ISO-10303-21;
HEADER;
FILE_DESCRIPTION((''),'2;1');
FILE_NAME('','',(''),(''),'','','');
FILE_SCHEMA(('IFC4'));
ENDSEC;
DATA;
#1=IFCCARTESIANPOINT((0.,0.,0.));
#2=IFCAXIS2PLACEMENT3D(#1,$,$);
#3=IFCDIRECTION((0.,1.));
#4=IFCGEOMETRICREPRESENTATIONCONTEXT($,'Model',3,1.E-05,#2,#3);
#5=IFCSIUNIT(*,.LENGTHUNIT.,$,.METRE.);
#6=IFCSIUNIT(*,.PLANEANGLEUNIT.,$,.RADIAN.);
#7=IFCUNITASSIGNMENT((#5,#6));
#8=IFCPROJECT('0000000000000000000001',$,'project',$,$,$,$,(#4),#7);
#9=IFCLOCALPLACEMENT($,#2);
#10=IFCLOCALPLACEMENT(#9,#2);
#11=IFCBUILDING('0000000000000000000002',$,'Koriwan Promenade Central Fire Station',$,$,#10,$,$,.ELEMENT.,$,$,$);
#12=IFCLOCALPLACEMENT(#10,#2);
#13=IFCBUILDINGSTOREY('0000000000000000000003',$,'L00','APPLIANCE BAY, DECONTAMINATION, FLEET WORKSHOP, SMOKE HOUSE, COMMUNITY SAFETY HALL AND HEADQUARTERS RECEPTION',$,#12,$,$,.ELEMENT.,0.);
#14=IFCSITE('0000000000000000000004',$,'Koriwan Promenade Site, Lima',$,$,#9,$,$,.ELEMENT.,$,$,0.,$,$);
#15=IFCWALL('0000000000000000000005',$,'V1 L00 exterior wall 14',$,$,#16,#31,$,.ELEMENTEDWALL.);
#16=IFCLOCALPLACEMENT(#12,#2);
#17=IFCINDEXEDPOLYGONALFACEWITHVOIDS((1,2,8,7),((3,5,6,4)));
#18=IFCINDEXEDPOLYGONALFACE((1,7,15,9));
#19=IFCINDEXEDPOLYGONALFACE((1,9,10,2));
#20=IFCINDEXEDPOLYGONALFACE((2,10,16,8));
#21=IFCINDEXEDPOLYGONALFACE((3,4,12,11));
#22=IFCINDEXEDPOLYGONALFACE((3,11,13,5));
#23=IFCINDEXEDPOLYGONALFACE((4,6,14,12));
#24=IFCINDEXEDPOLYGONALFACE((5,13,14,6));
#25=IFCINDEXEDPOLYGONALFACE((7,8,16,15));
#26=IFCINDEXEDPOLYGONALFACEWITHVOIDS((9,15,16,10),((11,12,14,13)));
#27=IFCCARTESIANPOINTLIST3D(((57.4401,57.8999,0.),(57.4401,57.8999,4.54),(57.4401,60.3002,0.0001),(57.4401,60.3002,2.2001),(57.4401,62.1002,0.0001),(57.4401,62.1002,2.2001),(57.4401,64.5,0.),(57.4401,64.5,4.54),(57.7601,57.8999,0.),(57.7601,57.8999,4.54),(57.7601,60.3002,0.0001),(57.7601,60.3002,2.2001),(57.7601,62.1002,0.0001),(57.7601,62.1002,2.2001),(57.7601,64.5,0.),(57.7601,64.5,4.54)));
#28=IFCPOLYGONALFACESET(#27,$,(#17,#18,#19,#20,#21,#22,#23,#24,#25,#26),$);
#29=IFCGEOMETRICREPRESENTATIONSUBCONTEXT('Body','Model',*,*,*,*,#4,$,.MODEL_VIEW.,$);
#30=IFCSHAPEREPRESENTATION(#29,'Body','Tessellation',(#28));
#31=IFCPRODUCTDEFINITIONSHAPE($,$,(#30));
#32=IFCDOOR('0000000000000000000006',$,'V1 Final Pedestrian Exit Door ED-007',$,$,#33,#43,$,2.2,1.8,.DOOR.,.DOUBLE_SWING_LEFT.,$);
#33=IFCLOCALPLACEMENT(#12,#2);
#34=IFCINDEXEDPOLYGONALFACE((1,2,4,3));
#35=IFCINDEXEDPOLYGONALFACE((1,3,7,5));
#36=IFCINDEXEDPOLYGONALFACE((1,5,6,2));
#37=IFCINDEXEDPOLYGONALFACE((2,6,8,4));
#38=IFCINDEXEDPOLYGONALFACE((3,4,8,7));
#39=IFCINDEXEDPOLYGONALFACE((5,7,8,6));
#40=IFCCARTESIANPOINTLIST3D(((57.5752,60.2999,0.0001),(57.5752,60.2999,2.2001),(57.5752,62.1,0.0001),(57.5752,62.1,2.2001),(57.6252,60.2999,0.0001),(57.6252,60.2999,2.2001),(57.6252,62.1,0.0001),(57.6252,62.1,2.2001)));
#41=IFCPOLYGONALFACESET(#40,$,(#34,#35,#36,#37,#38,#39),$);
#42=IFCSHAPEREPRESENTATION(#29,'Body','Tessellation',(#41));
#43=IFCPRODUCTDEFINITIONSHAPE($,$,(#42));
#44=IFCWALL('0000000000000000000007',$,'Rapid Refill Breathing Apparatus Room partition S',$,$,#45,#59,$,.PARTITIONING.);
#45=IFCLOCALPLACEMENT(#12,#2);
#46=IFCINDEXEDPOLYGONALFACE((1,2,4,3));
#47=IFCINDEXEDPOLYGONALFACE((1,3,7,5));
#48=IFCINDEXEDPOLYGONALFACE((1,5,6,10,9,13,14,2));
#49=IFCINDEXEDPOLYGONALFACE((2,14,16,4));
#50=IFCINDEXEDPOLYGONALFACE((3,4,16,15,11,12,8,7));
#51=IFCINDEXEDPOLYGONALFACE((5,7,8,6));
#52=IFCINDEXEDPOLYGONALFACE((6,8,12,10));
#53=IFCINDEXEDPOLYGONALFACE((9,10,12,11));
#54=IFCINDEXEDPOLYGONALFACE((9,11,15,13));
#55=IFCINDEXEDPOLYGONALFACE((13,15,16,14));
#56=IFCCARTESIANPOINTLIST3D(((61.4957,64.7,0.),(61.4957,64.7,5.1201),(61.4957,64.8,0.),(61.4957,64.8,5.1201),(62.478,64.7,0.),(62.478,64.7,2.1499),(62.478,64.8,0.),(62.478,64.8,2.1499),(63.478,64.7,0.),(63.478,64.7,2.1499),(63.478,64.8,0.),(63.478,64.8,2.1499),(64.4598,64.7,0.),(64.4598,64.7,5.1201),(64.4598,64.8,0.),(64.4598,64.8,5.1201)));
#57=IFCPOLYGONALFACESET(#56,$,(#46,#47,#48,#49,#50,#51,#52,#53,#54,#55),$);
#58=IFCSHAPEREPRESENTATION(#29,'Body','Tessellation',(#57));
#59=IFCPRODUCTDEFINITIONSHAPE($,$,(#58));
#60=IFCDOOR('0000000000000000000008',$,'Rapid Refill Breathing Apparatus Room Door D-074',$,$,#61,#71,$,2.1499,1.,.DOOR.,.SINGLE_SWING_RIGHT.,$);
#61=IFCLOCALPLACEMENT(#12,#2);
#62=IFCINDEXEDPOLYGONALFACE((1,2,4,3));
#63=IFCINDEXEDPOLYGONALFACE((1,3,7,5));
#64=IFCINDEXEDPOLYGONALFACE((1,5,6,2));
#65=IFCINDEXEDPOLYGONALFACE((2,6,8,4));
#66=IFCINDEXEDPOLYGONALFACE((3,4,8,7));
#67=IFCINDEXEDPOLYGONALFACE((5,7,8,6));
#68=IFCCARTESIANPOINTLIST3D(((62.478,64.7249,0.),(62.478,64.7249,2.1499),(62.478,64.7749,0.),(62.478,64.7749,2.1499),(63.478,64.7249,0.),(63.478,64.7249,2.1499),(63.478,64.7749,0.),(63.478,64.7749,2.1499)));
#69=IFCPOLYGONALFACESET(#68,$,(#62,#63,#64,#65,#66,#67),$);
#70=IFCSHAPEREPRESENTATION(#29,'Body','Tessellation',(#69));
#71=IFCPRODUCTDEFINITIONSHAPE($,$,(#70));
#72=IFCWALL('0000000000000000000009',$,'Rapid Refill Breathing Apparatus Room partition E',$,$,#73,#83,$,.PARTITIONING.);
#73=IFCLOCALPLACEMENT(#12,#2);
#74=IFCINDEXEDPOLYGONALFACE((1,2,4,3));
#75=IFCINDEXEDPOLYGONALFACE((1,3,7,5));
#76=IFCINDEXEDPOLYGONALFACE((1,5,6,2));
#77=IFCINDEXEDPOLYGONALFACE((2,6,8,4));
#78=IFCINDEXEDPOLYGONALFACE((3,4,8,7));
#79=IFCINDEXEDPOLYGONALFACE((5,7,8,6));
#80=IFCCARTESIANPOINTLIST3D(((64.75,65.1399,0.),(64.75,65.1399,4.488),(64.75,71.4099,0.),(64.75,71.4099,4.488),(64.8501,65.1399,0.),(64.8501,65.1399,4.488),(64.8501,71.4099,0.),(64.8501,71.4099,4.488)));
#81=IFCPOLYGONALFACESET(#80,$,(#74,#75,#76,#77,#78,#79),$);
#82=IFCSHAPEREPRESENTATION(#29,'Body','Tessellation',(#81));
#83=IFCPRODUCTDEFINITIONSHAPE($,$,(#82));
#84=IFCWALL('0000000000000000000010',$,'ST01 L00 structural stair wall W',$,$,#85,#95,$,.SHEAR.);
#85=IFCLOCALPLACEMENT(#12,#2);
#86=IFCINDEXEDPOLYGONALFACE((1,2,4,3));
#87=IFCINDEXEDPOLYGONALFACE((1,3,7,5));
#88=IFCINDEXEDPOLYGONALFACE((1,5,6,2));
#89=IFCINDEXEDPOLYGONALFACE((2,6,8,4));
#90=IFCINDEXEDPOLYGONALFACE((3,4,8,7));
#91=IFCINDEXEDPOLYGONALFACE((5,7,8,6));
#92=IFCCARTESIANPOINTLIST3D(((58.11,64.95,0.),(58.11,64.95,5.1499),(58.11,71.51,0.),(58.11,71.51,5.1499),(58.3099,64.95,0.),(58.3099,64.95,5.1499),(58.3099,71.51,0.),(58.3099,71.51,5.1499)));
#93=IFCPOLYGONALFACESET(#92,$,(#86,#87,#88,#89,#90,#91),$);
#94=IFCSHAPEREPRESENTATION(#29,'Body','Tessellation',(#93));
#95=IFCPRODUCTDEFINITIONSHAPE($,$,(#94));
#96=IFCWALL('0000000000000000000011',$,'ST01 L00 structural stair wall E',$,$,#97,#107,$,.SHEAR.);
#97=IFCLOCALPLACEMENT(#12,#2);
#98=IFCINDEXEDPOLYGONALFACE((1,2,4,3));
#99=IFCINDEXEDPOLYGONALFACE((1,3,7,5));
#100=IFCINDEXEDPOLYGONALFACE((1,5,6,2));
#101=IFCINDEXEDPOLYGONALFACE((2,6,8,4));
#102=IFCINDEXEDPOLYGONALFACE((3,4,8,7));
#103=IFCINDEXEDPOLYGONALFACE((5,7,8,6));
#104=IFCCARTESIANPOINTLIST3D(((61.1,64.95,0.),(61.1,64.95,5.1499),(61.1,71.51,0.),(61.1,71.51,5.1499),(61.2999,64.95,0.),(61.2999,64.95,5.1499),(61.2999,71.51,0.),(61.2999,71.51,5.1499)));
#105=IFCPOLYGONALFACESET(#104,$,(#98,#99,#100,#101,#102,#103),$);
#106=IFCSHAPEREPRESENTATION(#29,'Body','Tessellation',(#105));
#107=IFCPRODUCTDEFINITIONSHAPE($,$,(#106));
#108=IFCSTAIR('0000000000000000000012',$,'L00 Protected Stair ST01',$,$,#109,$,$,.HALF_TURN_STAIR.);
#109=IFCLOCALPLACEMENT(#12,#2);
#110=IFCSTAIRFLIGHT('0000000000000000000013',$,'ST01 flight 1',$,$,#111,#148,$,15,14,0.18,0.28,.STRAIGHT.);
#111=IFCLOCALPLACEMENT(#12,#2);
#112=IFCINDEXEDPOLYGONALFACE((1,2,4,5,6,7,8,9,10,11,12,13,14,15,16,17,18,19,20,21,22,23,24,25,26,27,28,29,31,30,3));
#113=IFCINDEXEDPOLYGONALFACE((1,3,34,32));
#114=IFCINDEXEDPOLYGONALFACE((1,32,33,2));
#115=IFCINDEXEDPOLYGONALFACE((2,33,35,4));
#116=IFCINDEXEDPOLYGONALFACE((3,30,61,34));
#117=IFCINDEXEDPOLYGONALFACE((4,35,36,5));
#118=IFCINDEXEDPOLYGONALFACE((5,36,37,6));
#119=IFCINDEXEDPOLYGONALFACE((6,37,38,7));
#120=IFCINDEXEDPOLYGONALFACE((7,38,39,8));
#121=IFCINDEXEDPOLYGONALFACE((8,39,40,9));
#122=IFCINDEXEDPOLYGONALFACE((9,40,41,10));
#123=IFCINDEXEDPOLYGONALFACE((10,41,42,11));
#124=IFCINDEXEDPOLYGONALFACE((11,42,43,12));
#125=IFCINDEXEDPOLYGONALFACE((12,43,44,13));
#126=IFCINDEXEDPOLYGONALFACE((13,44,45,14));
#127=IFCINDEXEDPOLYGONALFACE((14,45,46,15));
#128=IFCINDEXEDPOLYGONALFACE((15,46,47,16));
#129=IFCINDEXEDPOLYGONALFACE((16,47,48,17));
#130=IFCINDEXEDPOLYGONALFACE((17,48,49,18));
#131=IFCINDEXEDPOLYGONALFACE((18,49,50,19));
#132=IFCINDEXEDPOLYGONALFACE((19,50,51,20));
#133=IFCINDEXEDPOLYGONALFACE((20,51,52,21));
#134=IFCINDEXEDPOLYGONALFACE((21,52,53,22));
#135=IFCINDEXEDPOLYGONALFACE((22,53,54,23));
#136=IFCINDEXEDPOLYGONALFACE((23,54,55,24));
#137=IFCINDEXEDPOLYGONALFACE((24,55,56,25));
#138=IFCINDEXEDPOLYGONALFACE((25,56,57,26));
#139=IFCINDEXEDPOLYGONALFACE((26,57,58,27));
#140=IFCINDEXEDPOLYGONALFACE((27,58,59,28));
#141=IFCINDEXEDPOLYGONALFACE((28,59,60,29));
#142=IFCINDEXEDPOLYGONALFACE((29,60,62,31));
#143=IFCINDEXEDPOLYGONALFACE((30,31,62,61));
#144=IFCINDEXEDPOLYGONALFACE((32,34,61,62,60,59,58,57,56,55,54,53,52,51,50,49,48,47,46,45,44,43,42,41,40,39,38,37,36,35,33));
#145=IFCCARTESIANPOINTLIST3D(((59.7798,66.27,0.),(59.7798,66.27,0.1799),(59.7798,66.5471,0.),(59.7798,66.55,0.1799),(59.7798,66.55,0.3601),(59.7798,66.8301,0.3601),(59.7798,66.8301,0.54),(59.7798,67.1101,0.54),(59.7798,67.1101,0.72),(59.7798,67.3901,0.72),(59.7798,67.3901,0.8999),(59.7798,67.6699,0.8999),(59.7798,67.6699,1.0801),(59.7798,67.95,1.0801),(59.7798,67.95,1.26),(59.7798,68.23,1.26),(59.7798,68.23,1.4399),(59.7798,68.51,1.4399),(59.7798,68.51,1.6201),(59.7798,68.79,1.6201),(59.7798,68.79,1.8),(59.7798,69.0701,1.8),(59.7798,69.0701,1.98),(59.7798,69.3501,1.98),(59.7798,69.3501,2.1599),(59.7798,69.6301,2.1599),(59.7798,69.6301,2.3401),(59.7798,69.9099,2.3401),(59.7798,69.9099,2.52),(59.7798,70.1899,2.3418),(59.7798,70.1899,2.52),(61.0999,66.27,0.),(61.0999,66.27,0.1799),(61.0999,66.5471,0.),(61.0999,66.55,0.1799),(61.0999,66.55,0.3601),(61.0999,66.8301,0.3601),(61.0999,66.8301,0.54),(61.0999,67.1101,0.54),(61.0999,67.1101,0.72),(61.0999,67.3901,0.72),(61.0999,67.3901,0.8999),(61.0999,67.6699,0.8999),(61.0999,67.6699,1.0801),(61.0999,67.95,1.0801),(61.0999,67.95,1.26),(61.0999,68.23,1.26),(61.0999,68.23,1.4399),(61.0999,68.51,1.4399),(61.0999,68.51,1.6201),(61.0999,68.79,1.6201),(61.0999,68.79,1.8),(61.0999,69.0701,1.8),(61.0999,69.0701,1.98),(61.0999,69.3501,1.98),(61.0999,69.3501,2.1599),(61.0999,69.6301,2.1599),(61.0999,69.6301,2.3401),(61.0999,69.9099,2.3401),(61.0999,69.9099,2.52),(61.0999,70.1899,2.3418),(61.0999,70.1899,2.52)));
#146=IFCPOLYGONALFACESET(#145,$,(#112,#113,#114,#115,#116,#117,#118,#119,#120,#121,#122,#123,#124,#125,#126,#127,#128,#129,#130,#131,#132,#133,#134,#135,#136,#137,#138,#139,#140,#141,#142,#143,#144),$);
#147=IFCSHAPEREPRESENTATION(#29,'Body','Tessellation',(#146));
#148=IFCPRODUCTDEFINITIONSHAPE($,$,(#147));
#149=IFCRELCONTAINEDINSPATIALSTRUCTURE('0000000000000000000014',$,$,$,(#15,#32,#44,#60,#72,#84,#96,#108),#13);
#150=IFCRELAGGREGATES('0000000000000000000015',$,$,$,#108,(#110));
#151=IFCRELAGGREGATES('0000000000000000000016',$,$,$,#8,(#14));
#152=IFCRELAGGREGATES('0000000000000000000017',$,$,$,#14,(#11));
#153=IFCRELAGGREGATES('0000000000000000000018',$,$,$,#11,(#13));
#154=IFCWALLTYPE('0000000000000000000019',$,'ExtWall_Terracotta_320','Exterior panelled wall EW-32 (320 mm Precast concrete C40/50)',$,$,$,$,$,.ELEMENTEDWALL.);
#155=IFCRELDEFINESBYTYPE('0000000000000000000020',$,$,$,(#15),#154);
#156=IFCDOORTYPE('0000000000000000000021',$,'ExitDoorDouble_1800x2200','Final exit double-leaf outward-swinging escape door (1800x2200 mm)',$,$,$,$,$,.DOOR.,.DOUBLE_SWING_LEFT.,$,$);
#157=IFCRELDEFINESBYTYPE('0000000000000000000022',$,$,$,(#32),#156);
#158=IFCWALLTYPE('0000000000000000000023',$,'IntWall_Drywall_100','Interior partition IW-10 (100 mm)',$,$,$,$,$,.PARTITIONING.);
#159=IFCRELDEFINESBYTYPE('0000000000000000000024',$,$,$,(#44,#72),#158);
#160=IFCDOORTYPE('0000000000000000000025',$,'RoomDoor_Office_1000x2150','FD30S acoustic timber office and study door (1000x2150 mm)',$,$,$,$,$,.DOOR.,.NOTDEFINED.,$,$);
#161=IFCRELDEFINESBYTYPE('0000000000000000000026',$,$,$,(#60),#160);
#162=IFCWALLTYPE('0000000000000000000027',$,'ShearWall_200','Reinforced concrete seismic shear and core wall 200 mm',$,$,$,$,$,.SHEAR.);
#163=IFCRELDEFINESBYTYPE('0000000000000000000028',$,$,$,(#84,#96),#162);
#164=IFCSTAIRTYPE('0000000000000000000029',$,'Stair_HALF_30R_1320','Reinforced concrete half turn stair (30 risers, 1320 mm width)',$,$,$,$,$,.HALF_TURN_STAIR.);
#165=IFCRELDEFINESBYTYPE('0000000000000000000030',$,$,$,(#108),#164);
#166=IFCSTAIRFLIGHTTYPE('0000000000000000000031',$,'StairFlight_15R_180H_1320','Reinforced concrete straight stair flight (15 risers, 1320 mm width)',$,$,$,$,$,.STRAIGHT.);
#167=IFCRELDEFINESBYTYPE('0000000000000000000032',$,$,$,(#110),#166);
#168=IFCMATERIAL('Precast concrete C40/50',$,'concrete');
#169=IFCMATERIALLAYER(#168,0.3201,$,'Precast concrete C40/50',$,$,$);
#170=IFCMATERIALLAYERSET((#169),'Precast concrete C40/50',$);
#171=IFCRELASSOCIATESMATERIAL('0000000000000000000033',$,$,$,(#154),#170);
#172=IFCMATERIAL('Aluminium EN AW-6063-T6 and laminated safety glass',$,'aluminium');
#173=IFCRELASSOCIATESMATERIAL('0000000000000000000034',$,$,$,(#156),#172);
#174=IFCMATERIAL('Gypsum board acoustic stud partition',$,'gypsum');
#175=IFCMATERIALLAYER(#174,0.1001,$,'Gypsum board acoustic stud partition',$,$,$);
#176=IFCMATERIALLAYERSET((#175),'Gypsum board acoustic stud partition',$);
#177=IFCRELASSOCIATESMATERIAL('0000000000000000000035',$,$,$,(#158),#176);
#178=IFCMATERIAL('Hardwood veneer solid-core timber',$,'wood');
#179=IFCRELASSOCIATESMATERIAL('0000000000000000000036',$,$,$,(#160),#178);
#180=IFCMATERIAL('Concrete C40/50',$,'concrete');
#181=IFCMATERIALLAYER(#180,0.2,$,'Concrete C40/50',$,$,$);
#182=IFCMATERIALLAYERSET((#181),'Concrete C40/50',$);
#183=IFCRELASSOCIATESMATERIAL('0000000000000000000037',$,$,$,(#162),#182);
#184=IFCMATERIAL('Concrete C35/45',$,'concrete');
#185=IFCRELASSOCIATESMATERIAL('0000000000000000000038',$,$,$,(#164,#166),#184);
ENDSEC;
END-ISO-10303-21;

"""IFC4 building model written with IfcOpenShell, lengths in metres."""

from ifc_helpers import new_model, si_unit, direction, frame, frame_2d, origin, place, context, subcontext, project, spatial, polyline, rectangle, outline, extrude, material, layer, layer_set, type_object, element, fill, aggregate, save


model = new_model("IFC4")

# Units and contexts
model_context = context("Model", 3, precision=1e-05, world=origin(), true_north=direction((0.0, 1.0)))
body_context = subcontext(model_context, "Body", "Model", "MODEL_VIEW")
ifc_project = project(units=[si_unit("LENGTHUNIT", "METRE"), si_unit("PLANEANGLEUNIT", "RADIAN")], contexts=[model_context])

# Site, building, storey
site_placement = place(None, origin())
site = spatial("IfcSite", under=ifc_project, at=site_placement, Name="Koriwan Promenade Site, Lima", CompositionType="ELEMENT", RefElevation=0.0)
building_placement = place(site_placement, origin())
building = spatial("IfcBuilding", under=site, at=building_placement, Name="Koriwan Promenade Central Fire Station", CompositionType="ELEMENT")
storey_placement = place(building_placement, origin())
storey = spatial("IfcBuildingStorey", under=building, at=storey_placement, Name="L00", Description="APPLIANCE BAY, DECONTAMINATION, FLEET WORKSHOP, SMOKE HOUSE, COMMUNITY SAFETY HALL AND HEADQUARTERS RECEPTION", CompositionType="ELEMENT", Elevation=0.0)

# Shared definitions
ifc_material_1 = material(Name="Concrete C35/45", Category="concrete")

# Shared definitions
ifc_material_2 = material(Name="Concrete C40/50", Category="concrete")

# Walls, openings, doors
ifc_material_3 = material(Name="Precast concrete C40/50", Category="concrete")
ifc_layer_1 = layer(ifc_material_3, 0.3201, Name="Precast concrete C40/50")
ifc_layer_set_1 = layer_set([ifc_layer_1], Name="Precast concrete C40/50")
wall_type_1 = type_object("IfcWallType", Name="ExtWall_Terracotta_320", Description="Exterior panelled wall EW-32 (320 mm Precast concrete C40/50)", PredefinedType="ELEMENTEDWALL", material=ifc_layer_set_1)
wall_1_placement = place(storey_placement, frame((57.6001, 64.5, 0.0), z_axis=(0.0, 0.0, 1.0), x_axis=(0.0, -1.0, 0.0)))
wall_1 = element("IfcWall", 1, at=wall_1_placement, inside=storey, type_object=wall_type_1, Name="V1 L00 exterior wall 14", PredefinedType="ELEMENTEDWALL", context=body_context, shape_type="SweptSolid", body=[
    extrude(rectangle(XDim=6.6001, YDim=0.3201, at=frame_2d((3.3, 0.0))), origin(), (0.0, 0.0, 1.0), 4.54),
])
opening_1_placement = place(wall_1_placement, frame((2.3999, 0.0, 0.0)))
opening_1 = element("IfcOpeningElement", 2, at=opening_1_placement, cuts=wall_1, PredefinedType="OPENING", context=body_context, shape_type="SweptSolid", body=[
    extrude(rectangle(XDim=1.8, YDim=2.2, at=frame_2d((0.8999, 1.1001))), frame((0.0, 0.1719, 0.0), z_axis=(0.0, -1.0, 0.0), x_axis=(1.0, 0.0, 0.0)), (0.0, 0.0, 1.0), 0.344),
])
ifc_material_4 = material(Name="Aluminium EN AW-6063-T6 and laminated safety glass", Category="aluminium")
door_type_1 = type_object("IfcDoorType", Name="ExitDoorDouble_1800x2200", Description="Final exit double-leaf outward-swinging escape door (1800x2200 mm)", OperationType="DOUBLE_SWING_LEFT", PredefinedType="DOOR", material=ifc_material_4)
door_1_placement = place(opening_1_placement, frame((1.8, 0.0, 0.0), z_axis=(0.0, 0.0, 1.0), x_axis=(-1.0, 0.0, 0.0)))
door_1 = element("IfcDoor", 3, at=door_1_placement, inside=storey, type_object=door_type_1, Name="V1 Final Pedestrian Exit Door ED-007", OperationType="DOUBLE_SWING_LEFT", OverallHeight=2.2, OverallWidth=1.8, PredefinedType="DOOR", context=body_context, shape_type="SweptSolid", body=[
    extrude(rectangle(XDim=1.8, YDim=2.2, at=frame_2d((0.8999, 1.1001))), frame((0.0, 0.0249, 0.0), z_axis=(0.0, -1.0, 0.0), x_axis=(1.0, 0.0, 0.0)), (0.0, 0.0, 1.0), 0.05),
])
fill(opening_1, door_1)
ifc_material_5 = material(Name="Gypsum board acoustic stud partition", Category="gypsum")
ifc_layer_2 = layer(ifc_material_5, 0.1001, Name="Gypsum board acoustic stud partition")
ifc_layer_set_2 = layer_set([ifc_layer_2], Name="Gypsum board acoustic stud partition")
wall_type_2 = type_object("IfcWallType", Name="IntWall_Drywall_100", Description="Interior partition IW-10 (100 mm)", PredefinedType="PARTITIONING", material=ifc_layer_set_2)
wall_2_placement = place(storey_placement, frame((61.4958, 64.75, 0.0), z_axis=(0.0, 0.0, 1.0), x_axis=(1.0, 0.0, 0.0)))
wall_2 = element("IfcWall", 4, at=wall_2_placement, inside=storey, type_object=wall_type_2, Name="Rapid Refill Breathing Apparatus Room partition S", PredefinedType="PARTITIONING", context=body_context, shape_type="SweptSolid", body=[
    extrude(rectangle(XDim=2.9641, YDim=0.1001, at=frame_2d((1.4819, 0.0))), origin(), (0.0, 0.0, 1.0), 5.1201),
])
opening_2_placement = place(wall_2_placement, frame((0.9822, 0.0, 0.0)))
opening_2 = element("IfcOpeningElement", 5, at=opening_2_placement, cuts=wall_2, PredefinedType="OPENING", context=body_context, shape_type="SweptSolid", body=[
    extrude(rectangle(XDim=1.0, YDim=2.1499, at=frame_2d((0.5, 1.075))), frame((0.0, 0.062, 0.0), z_axis=(0.0, -1.0, 0.0), x_axis=(1.0, 0.0, 0.0)), (0.0, 0.0, 1.0), 0.124),
])
ifc_material_6 = material(Name="Hardwood veneer solid-core timber", Category="wood")
door_type_2 = type_object("IfcDoorType", Name="RoomDoor_Office_1000x2150", Description="FD30S acoustic timber office and study door (1000x2150 mm)", OperationType="NOTDEFINED", PredefinedType="DOOR", material=ifc_material_6)
door_2_placement = place(opening_2_placement, origin())
door_2 = element("IfcDoor", 6, at=door_2_placement, inside=storey, type_object=door_type_2, Name="Rapid Refill Breathing Apparatus Room Door D-074", OperationType="SINGLE_SWING_RIGHT", OverallHeight=2.1499, OverallWidth=1.0, PredefinedType="DOOR", context=body_context, shape_type="SweptSolid", body=[
    extrude(rectangle(XDim=1.0, YDim=2.1499, at=frame_2d((0.5, 1.075))), frame((0.0, 0.0249, 0.0), z_axis=(0.0, -1.0, 0.0), x_axis=(1.0, 0.0, 0.0)), (0.0, 0.0, 1.0), 0.05),
])
fill(opening_2, door_2)

# Wall
wall_3_placement = place(storey_placement, frame((64.8, 65.1399, 0.0), z_axis=(0.0, 0.0, 1.0), x_axis=(0.0, 1.0, 0.0)))
element("IfcWall", 7, at=wall_3_placement, inside=storey, type_object=wall_type_2, Name="Rapid Refill Breathing Apparatus Room partition E", PredefinedType="PARTITIONING", context=body_context, shape_type="SweptSolid", body=[
    extrude(rectangle(XDim=6.27, YDim=0.1001, at=frame_2d((3.135, 0.0))), origin(), (0.0, 0.0, 1.0), 4.488),
])

# Shared definitions
ifc_layer_3 = layer(ifc_material_2, 0.2, Name="Concrete C40/50")
ifc_layer_set_3 = layer_set([ifc_layer_3], Name="Concrete C40/50")
wall_type_3 = type_object("IfcWallType", Name="ShearWall_200", Description="Reinforced concrete seismic shear and core wall 200 mm", PredefinedType="SHEAR", material=ifc_layer_set_3)

# Walls
for number, where, z_axis, x_axis, name in (
    (8, (58.21, 64.95, 0.0), (0.0, 0.0, 1.0), (0.0, 1.0, 0.0), "ST01 L00 structural stair wall W"),
    (9, (61.2, 64.95, 0.0), (0.0, 0.0, 1.0), (0.0, 1.0, 0.0), "ST01 L00 structural stair wall E"),
):
    element("IfcWall", number, at=place(storey_placement, frame(where, z_axis=z_axis, x_axis=x_axis)), inside=storey, type_object=wall_type_3, Name=name, PredefinedType="SHEAR", context=body_context, shape_type="SweptSolid", body=[
        extrude(rectangle(XDim=6.5601, YDim=0.2, at=frame_2d((3.28, 0.0))), origin(), (0.0, 0.0, 1.0), 5.1499),
    ])

# Stair, stair flight
stair_type = type_object("IfcStairType", Name="Stair_HALF_30R_1320", Description="Reinforced concrete half turn stair (30 risers, 1320 mm width)", PredefinedType="HALF_TURN_STAIR", material=ifc_material_1)
stair_placement = place(storey_placement, origin())
stair = element("IfcStair", 10, at=stair_placement, inside=storey, type_object=stair_type, Name="L00 Protected Stair ST01", PredefinedType="HALF_TURN_STAIR")
stair_flight_type = type_object("IfcStairFlightType", Name="StairFlight_15R_180H_1320", Description="Reinforced concrete straight stair flight (15 risers, 1320 mm width)", PredefinedType="STRAIGHT", material=ifc_material_1)
stair_flight_placement = place(storey_placement, frame((60.4399, 66.27, 0.0), z_axis=(0.0, 0.0, 1.0), x_axis=(0.0, 1.0, 0.0)))
stair_flight = element("IfcStairFlight", 11, at=stair_flight_placement, type_object=stair_flight_type, Name="ST01 flight 1", NumberOfRisers=15, NumberOfTreads=14, PredefinedType="STRAIGHT", RiserHeight=0.18, TreadLength=0.28, context=body_context, shape_type="SweptSolid", body=[
    extrude(outline(polyline([(0.0, 0.0), (0.0, 0.1799), (0.28, 0.1799), (0.28, 0.3601), (0.5601, 0.3601), (0.5601, 0.54), (0.8401, 0.54), (0.8401, 0.72), (1.1201, 0.72), (1.1201, 0.8999), (1.3999, 0.8999), (1.3999, 1.0801), (1.6799, 1.0801), (1.6799, 1.26), (1.96, 1.26), (1.96, 1.4399), (2.24, 1.4399), (2.24, 1.6201), (2.52, 1.6201), (2.52, 1.8), (2.8, 1.8), (2.8, 1.98), (3.0801, 1.98), (3.0801, 2.1599), (3.3601, 2.1599), (3.3601, 2.3401), (3.6399, 2.3401), (3.6399, 2.52), (3.9199, 2.52), (3.9199, 2.7), (3.9199, 2.3418), (0.2771, 0.0), (0.0, 0.0)])), frame((0.0, 0.6602, 0.0), z_axis=(0.0, -1.0, 0.0), x_axis=(1.0, 0.0, 0.0)), (0.0, 0.0, 1.0), 1.3201),
])
aggregate(stair, [stair_flight])

save(model, "model.ifc")
